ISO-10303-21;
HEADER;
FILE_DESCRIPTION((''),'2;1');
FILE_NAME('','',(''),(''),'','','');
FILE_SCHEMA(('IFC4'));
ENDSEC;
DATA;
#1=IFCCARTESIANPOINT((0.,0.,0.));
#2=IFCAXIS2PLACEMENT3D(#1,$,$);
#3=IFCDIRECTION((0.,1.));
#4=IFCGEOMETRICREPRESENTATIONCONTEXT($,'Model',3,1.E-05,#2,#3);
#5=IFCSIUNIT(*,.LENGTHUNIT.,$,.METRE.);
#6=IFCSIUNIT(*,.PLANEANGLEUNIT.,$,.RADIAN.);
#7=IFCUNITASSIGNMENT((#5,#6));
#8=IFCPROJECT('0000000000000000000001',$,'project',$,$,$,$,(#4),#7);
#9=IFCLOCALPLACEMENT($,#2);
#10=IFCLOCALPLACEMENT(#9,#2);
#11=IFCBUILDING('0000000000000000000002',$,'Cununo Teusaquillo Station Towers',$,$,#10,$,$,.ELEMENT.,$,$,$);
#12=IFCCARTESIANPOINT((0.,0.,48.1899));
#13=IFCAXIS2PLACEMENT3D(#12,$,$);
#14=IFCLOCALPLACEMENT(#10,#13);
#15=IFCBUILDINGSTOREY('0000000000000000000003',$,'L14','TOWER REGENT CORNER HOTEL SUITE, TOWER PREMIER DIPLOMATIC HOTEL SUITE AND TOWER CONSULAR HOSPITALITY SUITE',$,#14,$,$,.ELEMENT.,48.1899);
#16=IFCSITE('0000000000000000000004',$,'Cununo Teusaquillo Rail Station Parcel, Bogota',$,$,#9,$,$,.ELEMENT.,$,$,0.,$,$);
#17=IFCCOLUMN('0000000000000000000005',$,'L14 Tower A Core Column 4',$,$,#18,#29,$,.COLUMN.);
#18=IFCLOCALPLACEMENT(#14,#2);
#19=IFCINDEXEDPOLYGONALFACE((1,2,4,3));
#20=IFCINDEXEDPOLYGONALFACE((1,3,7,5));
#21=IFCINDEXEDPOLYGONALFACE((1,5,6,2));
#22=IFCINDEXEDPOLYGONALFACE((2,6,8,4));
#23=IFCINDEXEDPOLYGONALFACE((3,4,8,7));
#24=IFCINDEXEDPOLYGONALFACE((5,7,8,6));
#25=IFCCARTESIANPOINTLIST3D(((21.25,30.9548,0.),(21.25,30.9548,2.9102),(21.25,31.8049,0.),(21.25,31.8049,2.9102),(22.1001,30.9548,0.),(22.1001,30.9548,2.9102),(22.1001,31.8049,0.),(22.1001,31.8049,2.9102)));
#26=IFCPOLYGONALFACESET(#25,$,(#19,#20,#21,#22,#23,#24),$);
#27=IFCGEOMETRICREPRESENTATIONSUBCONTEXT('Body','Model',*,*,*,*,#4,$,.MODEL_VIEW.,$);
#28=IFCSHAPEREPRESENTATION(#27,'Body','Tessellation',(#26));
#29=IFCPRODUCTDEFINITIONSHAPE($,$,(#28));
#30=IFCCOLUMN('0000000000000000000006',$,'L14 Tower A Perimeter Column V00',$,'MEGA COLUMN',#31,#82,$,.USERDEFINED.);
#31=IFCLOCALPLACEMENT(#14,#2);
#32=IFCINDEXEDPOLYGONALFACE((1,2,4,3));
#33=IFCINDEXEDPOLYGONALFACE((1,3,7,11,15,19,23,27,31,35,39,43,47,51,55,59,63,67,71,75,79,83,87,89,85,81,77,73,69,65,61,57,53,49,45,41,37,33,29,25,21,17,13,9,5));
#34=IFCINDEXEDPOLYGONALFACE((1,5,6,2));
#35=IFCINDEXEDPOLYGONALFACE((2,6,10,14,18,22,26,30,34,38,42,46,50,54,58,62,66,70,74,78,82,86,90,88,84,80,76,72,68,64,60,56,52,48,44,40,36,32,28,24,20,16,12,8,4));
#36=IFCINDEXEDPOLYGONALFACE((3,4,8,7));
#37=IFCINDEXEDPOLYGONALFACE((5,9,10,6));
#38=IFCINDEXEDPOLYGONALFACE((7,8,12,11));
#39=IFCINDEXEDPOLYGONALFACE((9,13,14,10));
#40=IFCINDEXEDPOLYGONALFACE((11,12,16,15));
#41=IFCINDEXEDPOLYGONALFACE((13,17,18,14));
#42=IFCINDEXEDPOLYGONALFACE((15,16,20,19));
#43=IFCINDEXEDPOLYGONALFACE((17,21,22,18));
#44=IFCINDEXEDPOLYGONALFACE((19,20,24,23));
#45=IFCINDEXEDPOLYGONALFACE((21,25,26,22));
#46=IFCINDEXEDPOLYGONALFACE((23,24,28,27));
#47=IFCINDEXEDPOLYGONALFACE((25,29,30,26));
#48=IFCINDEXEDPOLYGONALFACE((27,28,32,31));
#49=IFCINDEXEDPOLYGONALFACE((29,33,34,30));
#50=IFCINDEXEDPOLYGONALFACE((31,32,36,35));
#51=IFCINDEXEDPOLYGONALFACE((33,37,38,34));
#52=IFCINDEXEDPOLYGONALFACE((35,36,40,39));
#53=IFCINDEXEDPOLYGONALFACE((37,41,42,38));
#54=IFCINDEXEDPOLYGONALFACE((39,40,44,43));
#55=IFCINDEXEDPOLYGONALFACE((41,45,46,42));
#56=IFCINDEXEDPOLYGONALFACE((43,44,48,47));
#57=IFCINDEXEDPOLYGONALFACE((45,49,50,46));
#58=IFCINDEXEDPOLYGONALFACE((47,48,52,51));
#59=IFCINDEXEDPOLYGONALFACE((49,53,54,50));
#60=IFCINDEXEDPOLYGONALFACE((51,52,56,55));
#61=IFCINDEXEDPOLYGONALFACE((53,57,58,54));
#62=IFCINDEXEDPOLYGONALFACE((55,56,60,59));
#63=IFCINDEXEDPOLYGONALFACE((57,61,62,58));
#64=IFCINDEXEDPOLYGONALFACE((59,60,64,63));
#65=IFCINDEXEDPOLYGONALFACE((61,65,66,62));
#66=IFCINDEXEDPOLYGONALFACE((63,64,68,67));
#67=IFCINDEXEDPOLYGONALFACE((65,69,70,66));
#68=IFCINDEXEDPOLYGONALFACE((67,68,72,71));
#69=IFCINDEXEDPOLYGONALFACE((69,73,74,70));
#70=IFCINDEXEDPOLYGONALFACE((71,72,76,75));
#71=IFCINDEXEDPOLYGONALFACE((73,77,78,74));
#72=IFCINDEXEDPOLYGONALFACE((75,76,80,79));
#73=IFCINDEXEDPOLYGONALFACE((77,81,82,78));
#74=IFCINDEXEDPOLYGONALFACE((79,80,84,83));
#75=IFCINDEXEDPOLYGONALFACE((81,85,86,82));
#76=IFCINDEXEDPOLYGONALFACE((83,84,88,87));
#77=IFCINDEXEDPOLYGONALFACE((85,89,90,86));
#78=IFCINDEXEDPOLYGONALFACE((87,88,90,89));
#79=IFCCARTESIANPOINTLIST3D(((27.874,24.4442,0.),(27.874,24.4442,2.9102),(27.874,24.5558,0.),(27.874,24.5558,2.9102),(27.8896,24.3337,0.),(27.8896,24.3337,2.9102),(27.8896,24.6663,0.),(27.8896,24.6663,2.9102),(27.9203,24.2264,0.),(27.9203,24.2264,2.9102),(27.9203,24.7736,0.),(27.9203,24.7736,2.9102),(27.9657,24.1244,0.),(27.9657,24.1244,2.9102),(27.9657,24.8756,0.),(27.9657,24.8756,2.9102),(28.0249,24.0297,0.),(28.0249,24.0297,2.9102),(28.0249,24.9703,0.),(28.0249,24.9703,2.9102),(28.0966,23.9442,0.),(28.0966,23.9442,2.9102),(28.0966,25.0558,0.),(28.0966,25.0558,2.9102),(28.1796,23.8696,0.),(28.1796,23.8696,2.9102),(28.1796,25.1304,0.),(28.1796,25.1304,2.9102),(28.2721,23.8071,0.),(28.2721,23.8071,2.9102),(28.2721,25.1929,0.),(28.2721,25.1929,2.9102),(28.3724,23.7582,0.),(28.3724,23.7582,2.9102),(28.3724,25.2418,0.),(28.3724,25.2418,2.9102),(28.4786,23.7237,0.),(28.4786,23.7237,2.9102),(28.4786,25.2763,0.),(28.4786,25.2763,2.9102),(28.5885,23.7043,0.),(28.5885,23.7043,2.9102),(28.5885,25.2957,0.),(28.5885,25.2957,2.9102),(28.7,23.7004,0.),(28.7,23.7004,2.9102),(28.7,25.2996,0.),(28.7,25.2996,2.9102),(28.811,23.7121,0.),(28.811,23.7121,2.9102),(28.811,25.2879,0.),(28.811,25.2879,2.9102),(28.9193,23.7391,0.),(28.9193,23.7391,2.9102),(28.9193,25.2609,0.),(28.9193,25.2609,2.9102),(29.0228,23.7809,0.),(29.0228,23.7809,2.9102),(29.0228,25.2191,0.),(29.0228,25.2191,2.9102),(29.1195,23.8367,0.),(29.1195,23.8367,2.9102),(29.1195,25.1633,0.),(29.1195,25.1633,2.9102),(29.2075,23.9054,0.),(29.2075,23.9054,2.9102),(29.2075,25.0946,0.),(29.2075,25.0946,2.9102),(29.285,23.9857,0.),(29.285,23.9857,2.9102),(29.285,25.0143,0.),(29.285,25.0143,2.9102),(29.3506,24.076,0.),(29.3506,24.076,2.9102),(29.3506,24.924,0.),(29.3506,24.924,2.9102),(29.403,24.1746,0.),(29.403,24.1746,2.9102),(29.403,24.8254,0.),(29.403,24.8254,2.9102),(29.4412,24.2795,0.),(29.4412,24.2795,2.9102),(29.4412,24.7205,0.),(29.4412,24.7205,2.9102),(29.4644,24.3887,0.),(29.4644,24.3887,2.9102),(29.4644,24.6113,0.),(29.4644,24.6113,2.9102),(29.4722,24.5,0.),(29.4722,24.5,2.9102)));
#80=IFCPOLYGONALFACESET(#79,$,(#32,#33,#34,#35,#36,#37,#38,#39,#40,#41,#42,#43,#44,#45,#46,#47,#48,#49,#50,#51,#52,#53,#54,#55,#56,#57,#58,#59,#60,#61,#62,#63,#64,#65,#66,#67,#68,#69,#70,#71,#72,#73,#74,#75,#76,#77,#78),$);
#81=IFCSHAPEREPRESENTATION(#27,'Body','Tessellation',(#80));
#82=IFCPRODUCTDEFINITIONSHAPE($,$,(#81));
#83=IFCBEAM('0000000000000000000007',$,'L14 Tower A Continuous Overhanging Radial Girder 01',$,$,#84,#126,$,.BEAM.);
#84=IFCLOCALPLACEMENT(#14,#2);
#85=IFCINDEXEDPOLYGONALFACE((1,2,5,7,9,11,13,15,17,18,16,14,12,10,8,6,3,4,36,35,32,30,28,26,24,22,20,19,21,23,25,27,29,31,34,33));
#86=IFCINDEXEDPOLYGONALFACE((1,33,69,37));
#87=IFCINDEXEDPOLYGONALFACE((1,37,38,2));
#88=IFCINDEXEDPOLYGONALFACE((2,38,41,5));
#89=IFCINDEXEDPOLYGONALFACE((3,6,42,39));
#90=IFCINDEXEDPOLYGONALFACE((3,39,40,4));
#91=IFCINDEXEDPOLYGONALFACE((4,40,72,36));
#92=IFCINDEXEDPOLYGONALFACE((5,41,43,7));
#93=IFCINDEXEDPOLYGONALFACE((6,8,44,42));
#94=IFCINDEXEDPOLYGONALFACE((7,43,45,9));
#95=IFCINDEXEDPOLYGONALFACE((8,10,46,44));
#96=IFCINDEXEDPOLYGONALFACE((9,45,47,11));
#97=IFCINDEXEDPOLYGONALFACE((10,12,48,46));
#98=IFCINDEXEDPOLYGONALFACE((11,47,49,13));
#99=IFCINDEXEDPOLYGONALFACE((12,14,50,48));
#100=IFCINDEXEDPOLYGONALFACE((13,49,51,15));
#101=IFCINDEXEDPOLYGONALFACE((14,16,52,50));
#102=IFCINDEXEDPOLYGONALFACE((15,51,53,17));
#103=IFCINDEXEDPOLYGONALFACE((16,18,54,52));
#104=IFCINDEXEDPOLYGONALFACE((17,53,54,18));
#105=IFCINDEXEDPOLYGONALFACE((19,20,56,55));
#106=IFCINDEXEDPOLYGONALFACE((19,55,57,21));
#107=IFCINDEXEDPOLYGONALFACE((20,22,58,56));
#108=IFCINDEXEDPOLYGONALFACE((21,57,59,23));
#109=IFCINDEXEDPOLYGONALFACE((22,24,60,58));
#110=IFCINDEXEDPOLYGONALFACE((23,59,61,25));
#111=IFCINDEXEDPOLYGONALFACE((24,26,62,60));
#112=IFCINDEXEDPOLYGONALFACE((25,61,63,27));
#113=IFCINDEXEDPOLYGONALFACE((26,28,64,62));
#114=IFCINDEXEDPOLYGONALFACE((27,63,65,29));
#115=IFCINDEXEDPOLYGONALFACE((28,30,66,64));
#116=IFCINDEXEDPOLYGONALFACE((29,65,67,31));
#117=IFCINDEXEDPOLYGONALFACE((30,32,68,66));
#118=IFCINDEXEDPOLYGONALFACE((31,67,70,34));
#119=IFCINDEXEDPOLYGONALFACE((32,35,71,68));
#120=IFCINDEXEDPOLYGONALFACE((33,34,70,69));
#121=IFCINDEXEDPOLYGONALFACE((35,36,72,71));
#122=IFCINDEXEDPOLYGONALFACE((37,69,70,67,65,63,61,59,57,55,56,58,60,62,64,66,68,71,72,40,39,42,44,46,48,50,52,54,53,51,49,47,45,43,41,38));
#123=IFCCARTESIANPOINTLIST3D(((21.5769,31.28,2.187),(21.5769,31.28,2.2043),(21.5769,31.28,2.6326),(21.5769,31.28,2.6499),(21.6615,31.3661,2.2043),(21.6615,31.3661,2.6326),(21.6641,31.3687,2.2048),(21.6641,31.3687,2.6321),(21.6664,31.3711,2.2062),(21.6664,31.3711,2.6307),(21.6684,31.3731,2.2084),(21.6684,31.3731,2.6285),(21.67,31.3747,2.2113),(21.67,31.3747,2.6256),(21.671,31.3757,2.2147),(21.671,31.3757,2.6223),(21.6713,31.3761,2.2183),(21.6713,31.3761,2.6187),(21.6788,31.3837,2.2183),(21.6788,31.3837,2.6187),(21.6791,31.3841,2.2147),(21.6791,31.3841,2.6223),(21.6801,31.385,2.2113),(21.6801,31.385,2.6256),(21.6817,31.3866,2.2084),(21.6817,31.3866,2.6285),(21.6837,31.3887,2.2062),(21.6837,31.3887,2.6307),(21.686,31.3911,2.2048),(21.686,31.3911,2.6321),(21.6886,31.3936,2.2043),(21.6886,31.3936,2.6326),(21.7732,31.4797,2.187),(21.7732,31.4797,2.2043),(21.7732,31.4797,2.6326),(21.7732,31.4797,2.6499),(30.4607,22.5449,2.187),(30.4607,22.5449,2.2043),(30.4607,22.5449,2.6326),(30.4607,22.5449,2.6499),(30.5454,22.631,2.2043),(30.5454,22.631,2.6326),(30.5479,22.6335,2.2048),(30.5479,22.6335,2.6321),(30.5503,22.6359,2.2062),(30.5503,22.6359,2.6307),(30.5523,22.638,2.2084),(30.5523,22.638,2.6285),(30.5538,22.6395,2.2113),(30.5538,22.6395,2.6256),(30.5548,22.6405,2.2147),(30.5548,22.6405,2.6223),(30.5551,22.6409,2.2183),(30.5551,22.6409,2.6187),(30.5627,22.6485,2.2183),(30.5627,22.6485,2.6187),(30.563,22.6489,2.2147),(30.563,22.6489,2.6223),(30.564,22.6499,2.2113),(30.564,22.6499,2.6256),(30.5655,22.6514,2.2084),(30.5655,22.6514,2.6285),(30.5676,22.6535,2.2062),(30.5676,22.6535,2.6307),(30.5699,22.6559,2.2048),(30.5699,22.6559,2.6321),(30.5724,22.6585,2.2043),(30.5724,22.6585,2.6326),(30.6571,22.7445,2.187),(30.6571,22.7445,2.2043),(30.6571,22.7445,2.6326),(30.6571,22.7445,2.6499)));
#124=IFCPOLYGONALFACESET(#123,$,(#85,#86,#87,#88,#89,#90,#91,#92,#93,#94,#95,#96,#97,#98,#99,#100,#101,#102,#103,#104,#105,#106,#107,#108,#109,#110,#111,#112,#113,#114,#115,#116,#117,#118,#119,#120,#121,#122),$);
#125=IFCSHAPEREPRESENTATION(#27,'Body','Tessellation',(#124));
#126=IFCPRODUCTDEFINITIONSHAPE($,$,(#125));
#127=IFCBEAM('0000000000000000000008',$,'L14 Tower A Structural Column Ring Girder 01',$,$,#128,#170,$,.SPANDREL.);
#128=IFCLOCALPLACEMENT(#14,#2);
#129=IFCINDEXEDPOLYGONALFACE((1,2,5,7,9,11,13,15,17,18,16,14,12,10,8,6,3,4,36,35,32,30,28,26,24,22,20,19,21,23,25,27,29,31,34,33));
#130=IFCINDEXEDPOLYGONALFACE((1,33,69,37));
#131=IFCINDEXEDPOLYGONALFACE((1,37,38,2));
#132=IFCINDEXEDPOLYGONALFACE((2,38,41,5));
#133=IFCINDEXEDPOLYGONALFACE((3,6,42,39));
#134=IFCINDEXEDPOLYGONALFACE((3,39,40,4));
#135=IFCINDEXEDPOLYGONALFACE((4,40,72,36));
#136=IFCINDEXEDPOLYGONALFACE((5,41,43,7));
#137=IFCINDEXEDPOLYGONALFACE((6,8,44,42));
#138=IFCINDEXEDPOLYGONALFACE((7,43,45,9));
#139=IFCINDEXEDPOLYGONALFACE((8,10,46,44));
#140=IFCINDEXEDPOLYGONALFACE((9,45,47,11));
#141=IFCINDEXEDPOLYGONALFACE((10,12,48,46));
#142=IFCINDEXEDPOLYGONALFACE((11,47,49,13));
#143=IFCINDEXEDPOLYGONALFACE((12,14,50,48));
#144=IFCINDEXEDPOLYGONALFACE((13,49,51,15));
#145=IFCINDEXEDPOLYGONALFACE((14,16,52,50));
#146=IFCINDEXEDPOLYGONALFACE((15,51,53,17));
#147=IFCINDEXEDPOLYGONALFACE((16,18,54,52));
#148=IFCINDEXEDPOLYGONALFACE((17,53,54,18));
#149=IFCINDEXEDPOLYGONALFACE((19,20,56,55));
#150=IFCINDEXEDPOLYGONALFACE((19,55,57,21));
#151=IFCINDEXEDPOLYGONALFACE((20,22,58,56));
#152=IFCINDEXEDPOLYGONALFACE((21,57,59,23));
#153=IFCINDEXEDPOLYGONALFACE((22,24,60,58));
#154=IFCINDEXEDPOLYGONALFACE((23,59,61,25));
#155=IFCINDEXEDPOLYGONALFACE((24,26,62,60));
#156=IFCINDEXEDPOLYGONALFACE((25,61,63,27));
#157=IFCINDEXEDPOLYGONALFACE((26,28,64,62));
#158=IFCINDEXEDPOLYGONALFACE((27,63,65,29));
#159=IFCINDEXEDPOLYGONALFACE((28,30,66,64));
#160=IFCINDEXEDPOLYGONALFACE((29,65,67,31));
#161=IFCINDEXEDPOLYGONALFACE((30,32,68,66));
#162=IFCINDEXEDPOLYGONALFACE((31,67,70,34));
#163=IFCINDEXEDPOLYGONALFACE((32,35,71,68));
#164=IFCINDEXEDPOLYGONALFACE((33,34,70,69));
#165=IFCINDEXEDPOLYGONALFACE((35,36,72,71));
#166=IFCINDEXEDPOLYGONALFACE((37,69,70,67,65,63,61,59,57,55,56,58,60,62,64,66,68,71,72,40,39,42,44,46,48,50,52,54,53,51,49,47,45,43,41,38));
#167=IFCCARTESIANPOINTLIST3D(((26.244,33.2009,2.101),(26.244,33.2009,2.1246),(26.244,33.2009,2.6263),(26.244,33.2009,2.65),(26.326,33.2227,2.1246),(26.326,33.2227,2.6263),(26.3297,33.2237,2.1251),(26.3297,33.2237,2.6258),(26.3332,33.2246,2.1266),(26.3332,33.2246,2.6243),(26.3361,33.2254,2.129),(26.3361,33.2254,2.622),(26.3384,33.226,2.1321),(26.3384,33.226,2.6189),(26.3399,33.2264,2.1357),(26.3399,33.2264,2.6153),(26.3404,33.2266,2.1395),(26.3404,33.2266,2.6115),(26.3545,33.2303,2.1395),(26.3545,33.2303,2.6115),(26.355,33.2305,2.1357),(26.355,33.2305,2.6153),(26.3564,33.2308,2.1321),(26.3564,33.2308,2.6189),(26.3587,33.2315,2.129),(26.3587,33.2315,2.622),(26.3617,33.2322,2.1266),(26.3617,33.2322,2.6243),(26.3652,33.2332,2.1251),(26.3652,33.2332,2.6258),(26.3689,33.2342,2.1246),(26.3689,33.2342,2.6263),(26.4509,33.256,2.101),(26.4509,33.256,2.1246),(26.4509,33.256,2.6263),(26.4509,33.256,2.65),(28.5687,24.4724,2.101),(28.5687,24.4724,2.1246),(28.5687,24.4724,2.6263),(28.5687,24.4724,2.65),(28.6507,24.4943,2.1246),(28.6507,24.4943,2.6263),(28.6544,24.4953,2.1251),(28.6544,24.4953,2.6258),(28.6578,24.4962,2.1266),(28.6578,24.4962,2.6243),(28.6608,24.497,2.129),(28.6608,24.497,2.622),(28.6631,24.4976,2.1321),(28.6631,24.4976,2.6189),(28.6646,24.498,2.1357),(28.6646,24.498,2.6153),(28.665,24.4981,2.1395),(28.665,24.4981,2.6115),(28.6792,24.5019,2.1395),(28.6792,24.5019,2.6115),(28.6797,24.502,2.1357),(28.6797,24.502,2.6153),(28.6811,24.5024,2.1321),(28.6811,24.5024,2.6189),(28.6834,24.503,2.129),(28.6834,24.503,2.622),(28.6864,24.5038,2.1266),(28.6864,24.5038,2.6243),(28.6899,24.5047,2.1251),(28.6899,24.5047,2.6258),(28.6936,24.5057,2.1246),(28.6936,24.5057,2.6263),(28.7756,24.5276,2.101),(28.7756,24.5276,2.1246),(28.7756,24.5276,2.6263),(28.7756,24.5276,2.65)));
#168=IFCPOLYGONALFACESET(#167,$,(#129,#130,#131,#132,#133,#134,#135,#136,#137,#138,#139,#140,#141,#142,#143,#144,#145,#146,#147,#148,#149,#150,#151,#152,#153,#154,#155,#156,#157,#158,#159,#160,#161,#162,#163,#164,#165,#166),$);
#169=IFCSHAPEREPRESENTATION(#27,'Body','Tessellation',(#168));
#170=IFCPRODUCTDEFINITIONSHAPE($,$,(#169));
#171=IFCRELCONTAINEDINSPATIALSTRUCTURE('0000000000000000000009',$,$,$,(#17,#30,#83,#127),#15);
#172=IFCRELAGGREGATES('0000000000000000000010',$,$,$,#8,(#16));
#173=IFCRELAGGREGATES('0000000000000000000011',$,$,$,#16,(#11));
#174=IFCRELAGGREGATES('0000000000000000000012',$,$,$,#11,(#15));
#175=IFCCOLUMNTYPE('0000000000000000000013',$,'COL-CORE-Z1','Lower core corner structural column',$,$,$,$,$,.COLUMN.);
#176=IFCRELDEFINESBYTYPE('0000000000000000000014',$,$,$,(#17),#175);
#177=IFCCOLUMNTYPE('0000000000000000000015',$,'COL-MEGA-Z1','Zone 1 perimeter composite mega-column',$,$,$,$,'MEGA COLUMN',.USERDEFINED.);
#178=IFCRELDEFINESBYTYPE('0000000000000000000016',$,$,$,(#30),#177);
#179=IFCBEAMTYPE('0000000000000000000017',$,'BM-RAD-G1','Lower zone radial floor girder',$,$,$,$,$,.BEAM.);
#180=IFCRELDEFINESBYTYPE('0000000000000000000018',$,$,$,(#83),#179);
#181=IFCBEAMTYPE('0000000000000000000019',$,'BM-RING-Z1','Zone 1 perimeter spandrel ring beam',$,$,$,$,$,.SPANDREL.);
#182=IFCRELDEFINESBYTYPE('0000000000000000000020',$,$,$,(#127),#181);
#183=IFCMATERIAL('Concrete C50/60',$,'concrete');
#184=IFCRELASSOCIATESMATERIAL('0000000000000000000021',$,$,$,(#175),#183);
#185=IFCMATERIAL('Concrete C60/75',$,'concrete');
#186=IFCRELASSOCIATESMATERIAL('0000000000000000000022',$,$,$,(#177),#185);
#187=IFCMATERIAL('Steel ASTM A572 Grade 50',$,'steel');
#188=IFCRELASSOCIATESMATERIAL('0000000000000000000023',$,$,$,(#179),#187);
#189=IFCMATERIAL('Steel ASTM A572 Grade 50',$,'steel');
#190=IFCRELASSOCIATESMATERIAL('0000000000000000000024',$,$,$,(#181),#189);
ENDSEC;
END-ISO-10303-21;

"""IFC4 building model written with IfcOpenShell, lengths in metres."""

from ifc_helpers import new_model, si_unit, direction, frame, origin, origin_2d, place, context, subcontext, project, spatial, rectangle, circle, i_section, extrude, material, material_profile, profile_set, type_object, element, save


model = new_model("IFC4")

# Units and contexts
model_context = context("Model", 3, precision=1e-05, world=origin(), true_north=direction((0.0, 1.0)))
body_context = subcontext(model_context, "Body", "Model", "MODEL_VIEW")
ifc_project = project(units=[si_unit("LENGTHUNIT", "METRE"), si_unit("PLANEANGLEUNIT", "RADIAN")], contexts=[model_context])

# Site, building, storey
site_placement = place(None, origin())
site = spatial("IfcSite", under=ifc_project, at=site_placement, Name="Cununo Teusaquillo Rail Station Parcel, Bogota", CompositionType="ELEMENT", RefElevation=0.0)
building_placement = place(site_placement, origin())
building = spatial("IfcBuilding", under=site, at=building_placement, Name="Cununo Teusaquillo Station Towers", CompositionType="ELEMENT")
storey_placement = place(building_placement, frame((0.0, 0.0, 48.1899)))
storey = spatial("IfcBuildingStorey", under=building, at=storey_placement, Name="L14", Description="TOWER REGENT CORNER HOTEL SUITE, TOWER PREMIER DIPLOMATIC HOTEL SUITE AND TOWER CONSULAR HOSPITALITY SUITE", CompositionType="ELEMENT", Elevation=48.1899)

# Columns
ifc_material_1 = material(Name="Concrete C50/60", Category="concrete")
ifc_material_profile_1 = material_profile(ifc_material_1, rectangle(XDim=0.8501, YDim=0.8501, at=origin_2d()), Name="RC-RECT-850x850")
ifc_profile_set_1 = profile_set([ifc_material_profile_1], Name="Concrete C50/60")
column_type_1 = type_object("IfcColumnType", Name="COL-CORE-Z1", Description="Lower core corner structural column", PredefinedType="COLUMN", material=ifc_profile_set_1)
column_1_placement = place(storey_placement, frame((21.675, 31.3799, 0.0), z_axis=(0.0, 0.0, 1.0), x_axis=(1.0, 0.0, 0.0)))
element("IfcColumn", 1, at=column_1_placement, inside=storey, type_object=column_type_1, Name="L14 Tower A Core Column 4", PredefinedType="COLUMN", context=body_context, shape_type="SweptSolid", body=[
    extrude(rectangle(XDim=0.8501, YDim=0.8501, at=origin_2d()), origin(), (0.0, 0.0, 1.0), 2.9102),
])
ifc_material_2 = material(Name="Concrete C60/75", Category="concrete")
ifc_material_profile_2 = material_profile(ifc_material_2, circle(Radius=0.8, at=origin_2d()), Name="RC-CIRC-1600")
ifc_profile_set_2 = profile_set([ifc_material_profile_2], Name="Concrete C60/75")
column_type_2 = type_object("IfcColumnType", Name="COL-MEGA-Z1", Description="Zone 1 perimeter composite mega-column", ElementType="MEGA COLUMN", PredefinedType="USERDEFINED", material=ifc_profile_set_2)
column_2_placement = place(storey_placement, frame((28.6721, 24.5, 0.0), z_axis=(0.0, 0.0, 1.0), x_axis=(1.0, 0.0, 0.0)))
element("IfcColumn", 2, at=column_2_placement, inside=storey, type_object=column_type_2, Name="L14 Tower A Perimeter Column V00", ObjectType="MEGA COLUMN", PredefinedType="USERDEFINED", context=body_context, shape_type="SweptSolid", body=[
    extrude(circle(Radius=0.8, at=origin_2d()), origin(), (0.0, 0.0, 1.0), 2.9102),
])

# Beams
ifc_material_3 = material(Name="Steel ASTM A572 Grade 50", Category="steel")
ifc_material_profile_3 = material_profile(ifc_material_3, i_section(OverallWidth=0.28, OverallDepth=0.4629, WebThickness=0.0107, FlangeThickness=0.0173, FilletRadius=0.0139, at=origin_2d()), Name="W18X76")
ifc_profile_set_3 = profile_set([ifc_material_profile_3], Name="Steel ASTM A572 Grade 50")
beam_type_1 = type_object("IfcBeamType", Name="BM-RAD-G1", Description="Lower zone radial floor girder", PredefinedType="BEAM", material=ifc_profile_set_3)
beam_1_placement = place(storey_placement, frame((21.675, 31.3799, 2.4185), z_axis=(0.713048, -0.701115, 0.0), x_axis=(0.701115, 0.713048, 0.0)))
element("IfcBeam", 3, at=beam_1_placement, inside=storey, type_object=beam_type_1, Name="L14 Tower A Continuous Overhanging Radial Girder 01", PredefinedType="BEAM", context=body_context, shape_type="SweptSolid", body=[
    extrude(i_section(OverallWidth=0.28, OverallDepth=0.4629, WebThickness=0.0107, FlangeThickness=0.0173, FilletRadius=0.0139, at=origin_2d()), origin(), (0.0, 0.0, 1.0), 12.459),
])
ifc_material_4 = material(Name="Steel ASTM A572 Grade 50", Category="steel")
ifc_material_profile_4 = material_profile(ifc_material_4, i_section(OverallWidth=0.2141, OverallDepth=0.5491, WebThickness=0.0146, FlangeThickness=0.0237, FilletRadius=0.0149, at=origin_2d()), Name="W21X93")
ifc_profile_set_4 = profile_set([ifc_material_profile_4], Name="Steel ASTM A572 Grade 50")
beam_type_2 = type_object("IfcBeamType", Name="BM-RING-Z1", Description="Zone 1 perimeter spandrel ring beam", PredefinedType="SPANDREL", material=ifc_profile_set_4)
beam_2_placement = place(storey_placement, frame((28.6721, 24.5, 2.3755), z_axis=(-0.257363, 0.966315, 0.0), x_axis=(-0.966315, -0.257363, 0.0)))
element("IfcBeam", 4, at=beam_2_placement, inside=storey, type_object=beam_type_2, Name="L14 Tower A Structural Column Ring Girder 01", PredefinedType="SPANDREL", context=body_context, shape_type="SweptSolid", body=[
    extrude(i_section(OverallWidth=0.2141, OverallDepth=0.5491, WebThickness=0.0146, FlangeThickness=0.0237, FilletRadius=0.0149, at=origin_2d()), origin(), (0.0, 0.0, 1.0), 9.0327),
])

save(model, "model.ifc")
